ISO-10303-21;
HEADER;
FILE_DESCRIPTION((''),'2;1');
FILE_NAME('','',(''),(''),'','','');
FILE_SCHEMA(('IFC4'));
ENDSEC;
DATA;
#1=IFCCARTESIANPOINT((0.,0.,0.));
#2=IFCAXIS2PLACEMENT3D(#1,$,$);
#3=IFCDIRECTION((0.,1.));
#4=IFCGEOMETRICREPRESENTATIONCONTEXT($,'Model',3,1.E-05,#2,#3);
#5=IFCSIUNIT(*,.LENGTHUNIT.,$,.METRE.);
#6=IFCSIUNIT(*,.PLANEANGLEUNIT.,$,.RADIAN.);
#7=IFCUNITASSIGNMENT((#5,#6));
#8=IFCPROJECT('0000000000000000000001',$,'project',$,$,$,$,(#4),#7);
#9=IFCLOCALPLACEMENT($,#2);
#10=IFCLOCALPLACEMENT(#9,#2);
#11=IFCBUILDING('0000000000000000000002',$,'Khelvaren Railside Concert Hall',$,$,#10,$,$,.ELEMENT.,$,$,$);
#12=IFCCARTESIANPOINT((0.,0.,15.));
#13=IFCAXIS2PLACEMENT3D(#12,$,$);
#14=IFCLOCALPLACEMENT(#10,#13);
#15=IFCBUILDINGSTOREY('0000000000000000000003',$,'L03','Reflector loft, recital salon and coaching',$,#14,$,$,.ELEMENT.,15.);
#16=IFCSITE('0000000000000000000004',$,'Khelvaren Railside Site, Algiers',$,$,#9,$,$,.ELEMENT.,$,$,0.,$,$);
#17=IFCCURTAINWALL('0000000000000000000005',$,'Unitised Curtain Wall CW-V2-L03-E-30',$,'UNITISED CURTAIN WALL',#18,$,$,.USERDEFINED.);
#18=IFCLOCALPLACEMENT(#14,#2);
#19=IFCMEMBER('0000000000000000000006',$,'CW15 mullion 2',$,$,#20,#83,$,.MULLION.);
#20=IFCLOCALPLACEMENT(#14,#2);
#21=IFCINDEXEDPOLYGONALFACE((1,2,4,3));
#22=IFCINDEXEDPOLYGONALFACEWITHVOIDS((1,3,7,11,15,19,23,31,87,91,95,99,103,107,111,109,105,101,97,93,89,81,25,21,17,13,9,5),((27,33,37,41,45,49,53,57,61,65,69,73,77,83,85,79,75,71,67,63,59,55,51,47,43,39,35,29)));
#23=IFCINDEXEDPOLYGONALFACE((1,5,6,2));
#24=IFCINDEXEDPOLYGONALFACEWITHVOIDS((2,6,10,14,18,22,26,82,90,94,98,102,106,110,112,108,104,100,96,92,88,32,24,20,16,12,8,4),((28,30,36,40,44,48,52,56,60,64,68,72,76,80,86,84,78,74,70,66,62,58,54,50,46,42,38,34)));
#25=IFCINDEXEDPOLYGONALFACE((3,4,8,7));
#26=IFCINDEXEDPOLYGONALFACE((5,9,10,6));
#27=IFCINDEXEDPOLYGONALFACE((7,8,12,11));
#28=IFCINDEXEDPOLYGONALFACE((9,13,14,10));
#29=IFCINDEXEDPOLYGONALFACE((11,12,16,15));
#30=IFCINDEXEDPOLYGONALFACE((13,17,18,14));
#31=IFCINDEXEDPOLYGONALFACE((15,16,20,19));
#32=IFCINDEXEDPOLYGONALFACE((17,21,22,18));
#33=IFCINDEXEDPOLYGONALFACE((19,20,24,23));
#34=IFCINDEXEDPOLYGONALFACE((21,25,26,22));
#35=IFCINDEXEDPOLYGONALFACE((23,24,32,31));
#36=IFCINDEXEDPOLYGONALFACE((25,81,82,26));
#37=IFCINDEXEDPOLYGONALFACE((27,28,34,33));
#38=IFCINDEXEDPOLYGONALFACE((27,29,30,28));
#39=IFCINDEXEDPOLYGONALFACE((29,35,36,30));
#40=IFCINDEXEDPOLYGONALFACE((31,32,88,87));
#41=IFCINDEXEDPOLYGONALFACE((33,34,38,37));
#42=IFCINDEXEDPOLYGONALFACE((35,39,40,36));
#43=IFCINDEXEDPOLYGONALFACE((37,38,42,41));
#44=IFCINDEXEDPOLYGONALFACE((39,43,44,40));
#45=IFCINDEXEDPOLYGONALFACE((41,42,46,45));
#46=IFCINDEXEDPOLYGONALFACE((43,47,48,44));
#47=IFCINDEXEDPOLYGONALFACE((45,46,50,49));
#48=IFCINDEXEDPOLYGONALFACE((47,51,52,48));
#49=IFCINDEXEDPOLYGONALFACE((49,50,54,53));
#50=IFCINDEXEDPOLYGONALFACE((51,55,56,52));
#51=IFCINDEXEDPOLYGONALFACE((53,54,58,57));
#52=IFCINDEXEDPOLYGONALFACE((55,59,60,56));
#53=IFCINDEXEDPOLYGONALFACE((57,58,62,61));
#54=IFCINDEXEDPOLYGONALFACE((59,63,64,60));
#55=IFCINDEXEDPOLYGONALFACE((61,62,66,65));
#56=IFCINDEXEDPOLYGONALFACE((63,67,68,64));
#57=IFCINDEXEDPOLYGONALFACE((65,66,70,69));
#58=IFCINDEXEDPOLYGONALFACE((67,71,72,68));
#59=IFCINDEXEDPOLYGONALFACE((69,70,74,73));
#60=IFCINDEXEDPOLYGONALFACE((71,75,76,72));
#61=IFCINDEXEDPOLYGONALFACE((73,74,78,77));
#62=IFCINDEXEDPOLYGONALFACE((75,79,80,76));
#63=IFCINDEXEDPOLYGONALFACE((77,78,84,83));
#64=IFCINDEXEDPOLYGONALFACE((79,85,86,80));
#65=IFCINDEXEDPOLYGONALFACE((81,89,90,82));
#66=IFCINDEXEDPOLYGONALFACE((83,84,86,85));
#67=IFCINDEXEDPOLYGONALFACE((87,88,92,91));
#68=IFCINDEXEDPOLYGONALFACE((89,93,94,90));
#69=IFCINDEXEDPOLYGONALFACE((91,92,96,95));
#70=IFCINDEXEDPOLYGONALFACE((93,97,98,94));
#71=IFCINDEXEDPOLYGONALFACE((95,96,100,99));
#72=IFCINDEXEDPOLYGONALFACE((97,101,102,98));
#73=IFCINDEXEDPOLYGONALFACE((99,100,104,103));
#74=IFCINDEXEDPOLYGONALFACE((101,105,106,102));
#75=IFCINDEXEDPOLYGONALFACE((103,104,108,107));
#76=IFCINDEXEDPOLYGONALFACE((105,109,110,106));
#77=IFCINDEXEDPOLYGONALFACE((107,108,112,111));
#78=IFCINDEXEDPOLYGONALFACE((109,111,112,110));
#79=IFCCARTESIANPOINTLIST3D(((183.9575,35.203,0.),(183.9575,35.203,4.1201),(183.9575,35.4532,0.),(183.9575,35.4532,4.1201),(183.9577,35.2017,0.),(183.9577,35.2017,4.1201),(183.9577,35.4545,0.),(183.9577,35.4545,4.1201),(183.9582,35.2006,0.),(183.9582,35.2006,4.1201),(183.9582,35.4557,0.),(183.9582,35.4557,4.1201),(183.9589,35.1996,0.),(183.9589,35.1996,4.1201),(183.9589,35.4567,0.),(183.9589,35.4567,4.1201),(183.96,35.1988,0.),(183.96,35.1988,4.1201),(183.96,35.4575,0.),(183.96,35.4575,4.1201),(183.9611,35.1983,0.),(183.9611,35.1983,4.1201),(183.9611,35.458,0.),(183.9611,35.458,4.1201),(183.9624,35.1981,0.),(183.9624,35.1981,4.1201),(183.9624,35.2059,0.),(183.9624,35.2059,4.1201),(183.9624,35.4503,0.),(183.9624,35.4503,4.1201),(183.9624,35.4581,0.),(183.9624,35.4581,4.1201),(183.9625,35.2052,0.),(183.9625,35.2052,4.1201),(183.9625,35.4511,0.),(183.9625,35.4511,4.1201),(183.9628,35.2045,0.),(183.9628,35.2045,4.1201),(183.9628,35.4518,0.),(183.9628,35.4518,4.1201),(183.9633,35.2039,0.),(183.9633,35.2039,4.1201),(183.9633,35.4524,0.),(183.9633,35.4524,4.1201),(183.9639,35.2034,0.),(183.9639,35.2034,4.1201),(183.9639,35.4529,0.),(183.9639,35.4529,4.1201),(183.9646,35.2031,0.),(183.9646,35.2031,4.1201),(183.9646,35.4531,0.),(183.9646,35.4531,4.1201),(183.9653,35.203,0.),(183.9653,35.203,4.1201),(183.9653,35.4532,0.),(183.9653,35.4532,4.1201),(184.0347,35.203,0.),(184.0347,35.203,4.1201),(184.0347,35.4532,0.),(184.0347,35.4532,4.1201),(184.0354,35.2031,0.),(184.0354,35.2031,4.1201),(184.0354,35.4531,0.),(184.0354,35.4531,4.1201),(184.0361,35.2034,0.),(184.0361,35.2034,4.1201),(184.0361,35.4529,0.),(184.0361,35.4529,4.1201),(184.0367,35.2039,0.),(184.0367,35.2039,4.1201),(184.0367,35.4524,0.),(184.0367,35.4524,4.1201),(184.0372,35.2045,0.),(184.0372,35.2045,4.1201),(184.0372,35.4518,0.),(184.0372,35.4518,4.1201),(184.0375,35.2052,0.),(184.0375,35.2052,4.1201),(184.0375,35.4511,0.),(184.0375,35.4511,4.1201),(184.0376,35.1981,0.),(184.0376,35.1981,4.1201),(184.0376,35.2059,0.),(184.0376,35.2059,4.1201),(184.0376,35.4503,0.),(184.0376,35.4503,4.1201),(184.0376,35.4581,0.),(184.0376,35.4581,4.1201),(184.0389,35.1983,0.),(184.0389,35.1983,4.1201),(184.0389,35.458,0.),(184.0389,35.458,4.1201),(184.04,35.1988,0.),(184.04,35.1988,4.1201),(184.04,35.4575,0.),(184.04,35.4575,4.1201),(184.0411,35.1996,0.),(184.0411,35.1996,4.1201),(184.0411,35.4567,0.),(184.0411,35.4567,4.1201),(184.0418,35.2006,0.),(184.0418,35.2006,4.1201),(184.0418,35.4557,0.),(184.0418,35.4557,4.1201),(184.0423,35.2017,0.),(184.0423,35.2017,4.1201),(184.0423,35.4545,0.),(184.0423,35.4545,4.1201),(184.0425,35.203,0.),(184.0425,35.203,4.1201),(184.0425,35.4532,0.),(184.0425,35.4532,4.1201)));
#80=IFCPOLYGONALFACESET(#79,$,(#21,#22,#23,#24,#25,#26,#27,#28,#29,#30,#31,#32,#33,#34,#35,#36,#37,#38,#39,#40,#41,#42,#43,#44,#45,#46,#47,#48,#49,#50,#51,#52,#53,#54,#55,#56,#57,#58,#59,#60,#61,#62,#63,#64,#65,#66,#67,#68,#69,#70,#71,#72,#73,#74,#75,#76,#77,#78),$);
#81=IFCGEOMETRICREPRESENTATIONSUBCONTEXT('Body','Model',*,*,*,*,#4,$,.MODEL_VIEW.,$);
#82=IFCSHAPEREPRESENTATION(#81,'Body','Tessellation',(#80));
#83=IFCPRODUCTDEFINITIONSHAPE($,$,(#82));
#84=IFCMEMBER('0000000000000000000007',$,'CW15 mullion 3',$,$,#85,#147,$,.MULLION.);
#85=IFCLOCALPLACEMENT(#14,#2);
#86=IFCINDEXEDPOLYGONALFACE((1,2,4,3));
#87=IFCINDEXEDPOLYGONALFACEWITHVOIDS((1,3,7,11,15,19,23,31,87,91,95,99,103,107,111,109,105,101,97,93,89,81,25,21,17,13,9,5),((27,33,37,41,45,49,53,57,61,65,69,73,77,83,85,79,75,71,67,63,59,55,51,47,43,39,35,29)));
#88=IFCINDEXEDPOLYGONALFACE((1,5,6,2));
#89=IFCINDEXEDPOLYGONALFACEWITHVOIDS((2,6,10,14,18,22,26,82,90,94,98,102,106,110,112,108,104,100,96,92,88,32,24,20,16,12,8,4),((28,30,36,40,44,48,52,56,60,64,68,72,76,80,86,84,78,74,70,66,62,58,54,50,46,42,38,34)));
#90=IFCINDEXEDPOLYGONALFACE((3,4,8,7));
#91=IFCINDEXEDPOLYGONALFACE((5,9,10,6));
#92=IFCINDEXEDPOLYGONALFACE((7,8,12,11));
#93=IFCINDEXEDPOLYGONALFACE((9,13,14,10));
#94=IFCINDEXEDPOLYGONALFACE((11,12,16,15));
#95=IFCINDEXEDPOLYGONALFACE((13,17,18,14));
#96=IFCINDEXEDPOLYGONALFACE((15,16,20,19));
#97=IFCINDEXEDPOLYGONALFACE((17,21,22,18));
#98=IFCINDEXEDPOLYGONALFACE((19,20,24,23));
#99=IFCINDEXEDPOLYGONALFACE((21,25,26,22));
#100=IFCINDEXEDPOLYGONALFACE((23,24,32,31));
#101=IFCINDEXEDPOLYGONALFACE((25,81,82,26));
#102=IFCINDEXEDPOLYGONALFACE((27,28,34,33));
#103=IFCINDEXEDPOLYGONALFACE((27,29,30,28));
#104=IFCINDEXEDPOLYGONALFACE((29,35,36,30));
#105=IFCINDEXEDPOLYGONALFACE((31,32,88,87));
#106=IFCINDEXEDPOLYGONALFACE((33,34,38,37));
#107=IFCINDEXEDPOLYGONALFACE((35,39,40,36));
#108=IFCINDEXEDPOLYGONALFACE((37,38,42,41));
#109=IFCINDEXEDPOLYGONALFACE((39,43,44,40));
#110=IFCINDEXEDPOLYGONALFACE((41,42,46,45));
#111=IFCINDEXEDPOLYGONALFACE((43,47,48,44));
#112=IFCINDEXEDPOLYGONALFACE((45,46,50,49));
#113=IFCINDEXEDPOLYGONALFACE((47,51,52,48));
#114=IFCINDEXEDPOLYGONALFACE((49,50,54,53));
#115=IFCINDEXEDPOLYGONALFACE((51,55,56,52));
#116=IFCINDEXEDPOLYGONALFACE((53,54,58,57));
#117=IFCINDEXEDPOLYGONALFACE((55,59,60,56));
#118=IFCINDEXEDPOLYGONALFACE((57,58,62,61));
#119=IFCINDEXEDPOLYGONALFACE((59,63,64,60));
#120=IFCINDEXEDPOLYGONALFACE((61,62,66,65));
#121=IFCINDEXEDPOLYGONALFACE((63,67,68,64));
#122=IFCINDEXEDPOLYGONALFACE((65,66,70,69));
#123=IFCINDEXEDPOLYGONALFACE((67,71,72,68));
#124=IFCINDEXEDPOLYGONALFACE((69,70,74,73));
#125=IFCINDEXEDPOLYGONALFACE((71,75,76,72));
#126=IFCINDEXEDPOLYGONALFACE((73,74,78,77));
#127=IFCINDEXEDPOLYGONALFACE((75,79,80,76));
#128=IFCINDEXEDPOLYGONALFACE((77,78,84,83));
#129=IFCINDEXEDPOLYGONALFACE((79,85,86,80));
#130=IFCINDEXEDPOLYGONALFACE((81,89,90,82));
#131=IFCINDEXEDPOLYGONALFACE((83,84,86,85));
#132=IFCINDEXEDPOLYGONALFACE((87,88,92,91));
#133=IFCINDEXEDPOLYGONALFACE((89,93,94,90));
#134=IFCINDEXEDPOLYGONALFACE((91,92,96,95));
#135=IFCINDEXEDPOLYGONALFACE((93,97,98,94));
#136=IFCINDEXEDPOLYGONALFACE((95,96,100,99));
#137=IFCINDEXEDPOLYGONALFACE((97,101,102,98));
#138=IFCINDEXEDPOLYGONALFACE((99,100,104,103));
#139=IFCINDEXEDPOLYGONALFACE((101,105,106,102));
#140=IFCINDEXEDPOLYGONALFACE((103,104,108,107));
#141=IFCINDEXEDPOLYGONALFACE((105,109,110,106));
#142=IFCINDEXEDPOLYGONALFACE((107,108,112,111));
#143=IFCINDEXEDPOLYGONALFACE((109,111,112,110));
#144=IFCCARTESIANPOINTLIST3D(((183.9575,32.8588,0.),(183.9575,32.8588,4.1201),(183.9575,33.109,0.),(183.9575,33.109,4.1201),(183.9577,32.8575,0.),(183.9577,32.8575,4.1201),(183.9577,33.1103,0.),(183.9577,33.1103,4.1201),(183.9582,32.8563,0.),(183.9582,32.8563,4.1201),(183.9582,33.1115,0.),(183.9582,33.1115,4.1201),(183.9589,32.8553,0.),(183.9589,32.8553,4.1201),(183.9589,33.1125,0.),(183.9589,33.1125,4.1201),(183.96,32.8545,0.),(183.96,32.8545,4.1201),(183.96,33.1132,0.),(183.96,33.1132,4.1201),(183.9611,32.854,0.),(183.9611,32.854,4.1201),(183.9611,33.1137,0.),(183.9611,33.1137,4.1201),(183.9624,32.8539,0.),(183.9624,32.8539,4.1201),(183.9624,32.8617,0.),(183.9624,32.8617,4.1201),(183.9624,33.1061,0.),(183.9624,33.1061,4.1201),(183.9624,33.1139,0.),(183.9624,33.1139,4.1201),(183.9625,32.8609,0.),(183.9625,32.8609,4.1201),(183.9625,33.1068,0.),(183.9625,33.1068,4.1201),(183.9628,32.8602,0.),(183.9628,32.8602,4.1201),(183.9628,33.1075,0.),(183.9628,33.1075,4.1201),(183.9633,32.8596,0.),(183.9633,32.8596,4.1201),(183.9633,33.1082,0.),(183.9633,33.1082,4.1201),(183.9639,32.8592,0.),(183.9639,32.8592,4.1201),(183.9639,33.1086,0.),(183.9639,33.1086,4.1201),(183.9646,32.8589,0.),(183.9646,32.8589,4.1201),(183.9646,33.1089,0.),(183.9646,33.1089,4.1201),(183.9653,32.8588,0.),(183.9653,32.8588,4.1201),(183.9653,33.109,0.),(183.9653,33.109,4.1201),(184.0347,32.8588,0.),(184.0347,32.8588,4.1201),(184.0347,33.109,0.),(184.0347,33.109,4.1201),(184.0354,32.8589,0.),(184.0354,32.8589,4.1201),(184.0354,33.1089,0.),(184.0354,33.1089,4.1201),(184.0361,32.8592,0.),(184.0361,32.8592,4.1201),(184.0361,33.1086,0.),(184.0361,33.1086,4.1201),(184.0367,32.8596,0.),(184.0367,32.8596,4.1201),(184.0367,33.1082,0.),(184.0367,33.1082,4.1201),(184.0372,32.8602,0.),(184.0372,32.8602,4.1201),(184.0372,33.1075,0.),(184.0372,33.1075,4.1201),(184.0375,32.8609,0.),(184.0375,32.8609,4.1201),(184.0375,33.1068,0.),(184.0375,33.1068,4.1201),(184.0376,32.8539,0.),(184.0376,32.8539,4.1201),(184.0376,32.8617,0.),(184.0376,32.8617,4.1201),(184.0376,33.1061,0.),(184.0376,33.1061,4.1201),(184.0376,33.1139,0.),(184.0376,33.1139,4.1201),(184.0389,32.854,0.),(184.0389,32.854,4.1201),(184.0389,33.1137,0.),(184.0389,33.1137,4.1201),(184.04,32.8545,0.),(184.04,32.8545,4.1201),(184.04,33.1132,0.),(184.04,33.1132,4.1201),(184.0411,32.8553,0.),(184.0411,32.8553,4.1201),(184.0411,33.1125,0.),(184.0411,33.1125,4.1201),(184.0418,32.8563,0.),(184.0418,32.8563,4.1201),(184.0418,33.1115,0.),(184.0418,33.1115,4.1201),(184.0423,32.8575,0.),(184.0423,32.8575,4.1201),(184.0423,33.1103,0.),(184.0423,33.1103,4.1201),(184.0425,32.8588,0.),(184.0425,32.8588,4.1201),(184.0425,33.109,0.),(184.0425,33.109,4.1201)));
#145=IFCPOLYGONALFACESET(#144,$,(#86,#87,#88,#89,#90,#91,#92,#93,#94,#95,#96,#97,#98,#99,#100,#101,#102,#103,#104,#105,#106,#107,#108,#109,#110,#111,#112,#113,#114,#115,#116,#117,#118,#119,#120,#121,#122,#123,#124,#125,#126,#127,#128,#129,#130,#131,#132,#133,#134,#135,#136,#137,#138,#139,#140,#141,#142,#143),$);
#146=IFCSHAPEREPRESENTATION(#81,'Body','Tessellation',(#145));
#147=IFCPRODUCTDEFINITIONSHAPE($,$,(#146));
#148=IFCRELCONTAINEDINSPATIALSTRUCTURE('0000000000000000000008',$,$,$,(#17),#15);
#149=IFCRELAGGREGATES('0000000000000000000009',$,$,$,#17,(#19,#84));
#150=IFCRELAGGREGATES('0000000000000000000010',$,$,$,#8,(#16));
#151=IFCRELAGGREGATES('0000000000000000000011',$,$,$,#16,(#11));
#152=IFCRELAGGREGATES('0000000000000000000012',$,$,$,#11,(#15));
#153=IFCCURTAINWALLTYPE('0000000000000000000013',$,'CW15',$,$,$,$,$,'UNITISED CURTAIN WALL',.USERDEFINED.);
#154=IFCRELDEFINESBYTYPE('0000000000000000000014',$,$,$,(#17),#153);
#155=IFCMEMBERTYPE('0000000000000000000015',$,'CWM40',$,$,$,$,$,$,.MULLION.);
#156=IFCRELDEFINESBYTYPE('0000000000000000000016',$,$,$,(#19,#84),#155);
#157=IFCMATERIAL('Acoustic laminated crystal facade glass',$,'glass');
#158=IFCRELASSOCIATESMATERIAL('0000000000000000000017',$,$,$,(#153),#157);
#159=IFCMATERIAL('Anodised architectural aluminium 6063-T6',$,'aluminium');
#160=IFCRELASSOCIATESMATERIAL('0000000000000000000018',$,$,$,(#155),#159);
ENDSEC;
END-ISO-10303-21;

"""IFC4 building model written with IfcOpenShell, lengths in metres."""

from ifc_helpers import new_model, si_unit, direction, frame, origin, origin_2d, place, context, subcontext, project, spatial, hollow_rectangle, extrude, material, material_profile, profile_set, type_object, element, aggregate, save


model = new_model("IFC4")

# Units and contexts
model_context = context("Model", 3, precision=1e-05, world=origin(), true_north=direction((0.0, 1.0)))
body_context = subcontext(model_context, "Body", "Model", "MODEL_VIEW")
ifc_project = project(units=[si_unit("LENGTHUNIT", "METRE"), si_unit("PLANEANGLEUNIT", "RADIAN")], contexts=[model_context])

# Site, building, storey
site_placement = place(None, origin())
site = spatial("IfcSite", under=ifc_project, at=site_placement, Name="Khelvaren Railside Site, Algiers", CompositionType="ELEMENT", RefElevation=0.0)
building_placement = place(site_placement, origin())
building = spatial("IfcBuilding", under=site, at=building_placement, Name="Khelvaren Railside Concert Hall", CompositionType="ELEMENT")
storey_placement = place(building_placement, frame((0.0, 0.0, 15.0)))
storey = spatial("IfcBuildingStorey", under=building, at=storey_placement, Name="L03", Description="Reflector loft, recital salon and coaching", CompositionType="ELEMENT", Elevation=15.0)

# Shared definitions
ifc_material_1 = material(Name="Anodised architectural aluminium 6063-T6", Category="aluminium")

# Curtain wall, members
ifc_material_2 = material(Name="Acoustic laminated crystal facade glass", Category="glass")
curtain_wall_type_1 = type_object("IfcCurtainWallType", Name="CW15", ElementType="UNITISED CURTAIN WALL", PredefinedType="USERDEFINED", material=ifc_material_2)
curtain_wall_1_placement = place(storey_placement, origin())
curtain_wall_1 = element("IfcCurtainWall", 1, at=curtain_wall_1_placement, inside=storey, type_object=curtain_wall_type_1, Name="Unitised Curtain Wall CW-V2-L03-E-30", ObjectType="UNITISED CURTAIN WALL", PredefinedType="USERDEFINED")
ifc_material_profile_1 = material_profile(ifc_material_1, hollow_rectangle(XDim=0.085, YDim=0.26, WallThickness=0.0049, InnerFilletRadius=0.0029, OuterFilletRadius=0.0049, at=origin_2d()), Name="CWM 85x260x5")
ifc_profile_set_1 = profile_set([ifc_material_profile_1], Name="Anodised architectural aluminium 6063-T6")
member_type_1 = type_object("IfcMemberType", Name="CWM40", PredefinedType="MULLION", material=ifc_profile_set_1)
member_1_placement = place(storey_placement, frame((184.0, 35.3281, 0.0), z_axis=(0.0, 0.0, 1.0), x_axis=(1.0, 0.0, 0.0)))
member_1 = element("IfcMember", 2, at=member_1_placement, type_object=member_type_1, Name="CW15 mullion 2", PredefinedType="MULLION", context=body_context, shape_type="SweptSolid", body=[
    extrude(hollow_rectangle(XDim=0.085, YDim=0.26, WallThickness=0.0049, InnerFilletRadius=0.0029, OuterFilletRadius=0.0049, at=origin_2d()), origin(), (0.0, 0.0, 1.0), 4.1201),
])
member_2_placement = place(storey_placement, frame((184.0, 32.9839, 0.0), z_axis=(0.0, 0.0, 1.0), x_axis=(1.0, 0.0, 0.0)))
member_2 = element("IfcMember", 3, at=member_2_placement, type_object=member_type_1, Name="CW15 mullion 3", PredefinedType="MULLION", context=body_context, shape_type="SweptSolid", body=[
    extrude(hollow_rectangle(XDim=0.085, YDim=0.26, WallThickness=0.0049, InnerFilletRadius=0.0029, OuterFilletRadius=0.0049, at=origin_2d()), origin(), (0.0, 0.0, 1.0), 4.1201),
])

aggregate(curtain_wall_1, [member_1, member_2])

save(model, "model.ifc")
